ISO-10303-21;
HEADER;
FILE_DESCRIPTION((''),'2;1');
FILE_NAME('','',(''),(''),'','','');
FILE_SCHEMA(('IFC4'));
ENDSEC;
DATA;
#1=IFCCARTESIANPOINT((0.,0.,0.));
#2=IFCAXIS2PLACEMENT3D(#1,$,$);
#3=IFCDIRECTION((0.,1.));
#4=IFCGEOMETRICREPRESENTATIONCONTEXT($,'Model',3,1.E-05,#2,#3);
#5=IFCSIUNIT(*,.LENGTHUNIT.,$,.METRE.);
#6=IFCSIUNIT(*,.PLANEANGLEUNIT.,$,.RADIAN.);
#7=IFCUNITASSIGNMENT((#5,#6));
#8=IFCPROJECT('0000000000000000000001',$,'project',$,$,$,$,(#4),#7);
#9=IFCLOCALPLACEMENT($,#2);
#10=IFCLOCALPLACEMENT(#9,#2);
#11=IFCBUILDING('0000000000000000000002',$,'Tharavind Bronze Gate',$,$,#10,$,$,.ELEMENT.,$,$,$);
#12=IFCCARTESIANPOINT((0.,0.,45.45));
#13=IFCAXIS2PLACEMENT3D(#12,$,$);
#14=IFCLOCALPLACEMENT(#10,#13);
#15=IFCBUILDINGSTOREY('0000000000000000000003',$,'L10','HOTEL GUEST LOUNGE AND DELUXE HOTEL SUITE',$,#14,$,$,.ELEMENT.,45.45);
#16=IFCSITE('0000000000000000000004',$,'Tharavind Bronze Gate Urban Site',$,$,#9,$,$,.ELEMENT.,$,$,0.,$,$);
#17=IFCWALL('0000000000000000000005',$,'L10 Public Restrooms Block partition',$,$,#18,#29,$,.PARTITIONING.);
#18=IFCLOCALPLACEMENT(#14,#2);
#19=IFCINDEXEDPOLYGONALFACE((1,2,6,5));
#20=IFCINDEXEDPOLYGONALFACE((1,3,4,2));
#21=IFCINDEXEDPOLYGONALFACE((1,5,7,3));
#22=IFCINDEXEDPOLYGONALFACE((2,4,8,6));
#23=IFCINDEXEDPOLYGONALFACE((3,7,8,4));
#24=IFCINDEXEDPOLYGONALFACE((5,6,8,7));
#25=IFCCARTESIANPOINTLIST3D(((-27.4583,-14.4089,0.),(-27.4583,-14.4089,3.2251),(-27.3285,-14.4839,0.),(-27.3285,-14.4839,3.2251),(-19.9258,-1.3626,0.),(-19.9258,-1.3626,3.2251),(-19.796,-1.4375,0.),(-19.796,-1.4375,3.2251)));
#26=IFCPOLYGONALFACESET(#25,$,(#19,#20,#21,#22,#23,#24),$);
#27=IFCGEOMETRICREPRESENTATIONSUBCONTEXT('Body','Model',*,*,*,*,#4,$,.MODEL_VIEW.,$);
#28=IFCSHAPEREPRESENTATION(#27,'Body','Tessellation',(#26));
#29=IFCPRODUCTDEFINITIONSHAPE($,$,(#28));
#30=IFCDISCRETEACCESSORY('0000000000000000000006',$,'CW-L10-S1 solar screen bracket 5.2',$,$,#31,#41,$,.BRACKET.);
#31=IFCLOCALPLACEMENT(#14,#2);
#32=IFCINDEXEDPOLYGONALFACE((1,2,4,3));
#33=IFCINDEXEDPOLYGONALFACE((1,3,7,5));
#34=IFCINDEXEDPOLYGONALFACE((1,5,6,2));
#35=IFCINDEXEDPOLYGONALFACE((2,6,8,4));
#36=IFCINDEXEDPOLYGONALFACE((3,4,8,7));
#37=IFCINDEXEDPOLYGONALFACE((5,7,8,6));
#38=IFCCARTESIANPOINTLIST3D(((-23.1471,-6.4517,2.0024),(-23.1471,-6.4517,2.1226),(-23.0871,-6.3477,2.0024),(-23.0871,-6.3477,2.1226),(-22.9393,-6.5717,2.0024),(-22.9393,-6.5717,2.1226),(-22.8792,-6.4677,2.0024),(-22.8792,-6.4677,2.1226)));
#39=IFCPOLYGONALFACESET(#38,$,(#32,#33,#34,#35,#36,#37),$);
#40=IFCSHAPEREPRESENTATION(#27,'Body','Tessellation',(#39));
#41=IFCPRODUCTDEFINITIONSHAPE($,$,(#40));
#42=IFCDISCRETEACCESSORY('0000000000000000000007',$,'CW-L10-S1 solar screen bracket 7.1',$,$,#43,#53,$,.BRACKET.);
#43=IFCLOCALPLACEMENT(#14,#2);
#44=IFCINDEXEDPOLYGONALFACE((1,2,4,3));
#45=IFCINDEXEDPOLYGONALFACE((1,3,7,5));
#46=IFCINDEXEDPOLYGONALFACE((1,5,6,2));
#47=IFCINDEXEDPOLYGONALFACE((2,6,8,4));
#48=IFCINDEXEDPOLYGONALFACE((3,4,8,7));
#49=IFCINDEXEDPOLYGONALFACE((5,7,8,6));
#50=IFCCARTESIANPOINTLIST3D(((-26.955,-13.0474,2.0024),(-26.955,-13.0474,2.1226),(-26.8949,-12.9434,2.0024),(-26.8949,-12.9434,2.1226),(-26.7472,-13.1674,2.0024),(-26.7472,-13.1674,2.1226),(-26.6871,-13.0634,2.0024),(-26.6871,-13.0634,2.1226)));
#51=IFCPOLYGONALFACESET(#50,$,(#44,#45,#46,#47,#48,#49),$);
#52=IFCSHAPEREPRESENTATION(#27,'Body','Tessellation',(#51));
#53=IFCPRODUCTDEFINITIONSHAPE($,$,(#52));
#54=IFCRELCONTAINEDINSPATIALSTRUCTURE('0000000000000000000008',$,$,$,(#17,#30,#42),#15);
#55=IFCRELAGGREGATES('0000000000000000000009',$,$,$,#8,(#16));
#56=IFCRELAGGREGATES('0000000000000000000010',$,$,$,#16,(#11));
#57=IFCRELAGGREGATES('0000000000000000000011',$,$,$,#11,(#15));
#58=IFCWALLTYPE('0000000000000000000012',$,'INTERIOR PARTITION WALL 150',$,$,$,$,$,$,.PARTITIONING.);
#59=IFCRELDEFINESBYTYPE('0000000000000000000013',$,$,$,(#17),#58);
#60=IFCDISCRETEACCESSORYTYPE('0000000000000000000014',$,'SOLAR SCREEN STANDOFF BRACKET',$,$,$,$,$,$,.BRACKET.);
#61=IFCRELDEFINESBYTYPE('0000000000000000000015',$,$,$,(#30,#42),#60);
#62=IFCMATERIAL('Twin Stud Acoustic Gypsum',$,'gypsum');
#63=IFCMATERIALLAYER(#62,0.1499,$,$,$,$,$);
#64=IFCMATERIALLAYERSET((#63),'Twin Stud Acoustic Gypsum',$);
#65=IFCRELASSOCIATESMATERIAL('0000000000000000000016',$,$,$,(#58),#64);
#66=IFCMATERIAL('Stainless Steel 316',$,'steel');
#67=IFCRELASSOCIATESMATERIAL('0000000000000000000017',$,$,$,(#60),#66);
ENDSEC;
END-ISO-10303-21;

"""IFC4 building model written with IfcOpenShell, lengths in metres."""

from ifc_helpers import new_model, si_unit, direction, frame, frame_2d, origin, origin_2d, place, context, subcontext, project, spatial, rectangle, extrude, material, layer, layer_set, type_object, element, save


model = new_model("IFC4")

# Units and contexts
model_context = context("Model", 3, precision=1e-05, world=origin(), true_north=direction((0.0, 1.0)))
body_context = subcontext(model_context, "Body", "Model", "MODEL_VIEW")
ifc_project = project(units=[si_unit("LENGTHUNIT", "METRE"), si_unit("PLANEANGLEUNIT", "RADIAN")], contexts=[model_context])

# Site, building, storey
site_placement = place(None, origin())
site = spatial("IfcSite", under=ifc_project, at=site_placement, Name="Tharavind Bronze Gate Urban Site", CompositionType="ELEMENT", RefElevation=0.0)
building_placement = place(site_placement, origin())
building = spatial("IfcBuilding", under=site, at=building_placement, Name="Tharavind Bronze Gate", CompositionType="ELEMENT")
storey_placement = place(building_placement, frame((0.0, 0.0, 45.45)))
storey = spatial("IfcBuildingStorey", under=building, at=storey_placement, Name="L10", Description="HOTEL GUEST LOUNGE AND DELUXE HOTEL SUITE", CompositionType="ELEMENT", Elevation=45.45)

# Wall
ifc_material_1 = material(Name="Twin Stud Acoustic Gypsum", Category="gypsum")
ifc_layer_1 = layer(ifc_material_1, 0.1499)
ifc_layer_set_1 = layer_set([ifc_layer_1], Name="Twin Stud Acoustic Gypsum")
wall_type = type_object("IfcWallType", Name="INTERIOR PARTITION WALL 150", PredefinedType="PARTITIONING", material=ifc_layer_set_1)
wall_placement = place(storey_placement, frame((-27.3933, -14.4463, 0.0), z_axis=(0.0, 0.0, 1.0), x_axis=(0.500007, 0.866021, 0.0)))
element("IfcWall", 1, at=wall_placement, inside=storey, type_object=wall_type, Name="L10 Public Restrooms Block partition", PredefinedType="PARTITIONING", context=body_context, shape_type="SweptSolid", body=[
    extrude(rectangle(XDim=15.0647, YDim=0.1499, at=frame_2d((7.5322, 0.0))), origin(), (0.0, 0.0, 1.0), 3.2251),
])

# Discrete accessories
ifc_material_2 = material(Name="Stainless Steel 316", Category="steel")
discrete_accessory_type = type_object("IfcDiscreteAccessoryType", Name="SOLAR SCREEN STANDOFF BRACKET", PredefinedType="BRACKET", material=ifc_material_2)
for number, where, z_axis, x_axis, name in (
    (2, (-23.0132, -6.4597, 2.0024), (0.0, 0.0, 1.0), (-0.500002, -0.866025, 0.0), "CW-L10-S1 solar screen bracket 5.2"),
    (3, (-26.821, -13.0554, 2.0024), (0.0, 0.0, 1.0), (-0.500002, -0.866025, 0.0), "CW-L10-S1 solar screen bracket 7.1"),
):
    element("IfcDiscreteAccessory", number, at=place(storey_placement, frame(where, z_axis=z_axis, x_axis=x_axis)), inside=storey, type_object=discrete_accessory_type, Name=name, PredefinedType="BRACKET", context=body_context, shape_type="SweptSolid", body=[
        extrude(rectangle(XDim=0.1201, YDim=0.24, at=origin_2d()), origin(), (0.0, 0.0, 1.0), 0.1201),
    ])

save(model, "model.ifc")
